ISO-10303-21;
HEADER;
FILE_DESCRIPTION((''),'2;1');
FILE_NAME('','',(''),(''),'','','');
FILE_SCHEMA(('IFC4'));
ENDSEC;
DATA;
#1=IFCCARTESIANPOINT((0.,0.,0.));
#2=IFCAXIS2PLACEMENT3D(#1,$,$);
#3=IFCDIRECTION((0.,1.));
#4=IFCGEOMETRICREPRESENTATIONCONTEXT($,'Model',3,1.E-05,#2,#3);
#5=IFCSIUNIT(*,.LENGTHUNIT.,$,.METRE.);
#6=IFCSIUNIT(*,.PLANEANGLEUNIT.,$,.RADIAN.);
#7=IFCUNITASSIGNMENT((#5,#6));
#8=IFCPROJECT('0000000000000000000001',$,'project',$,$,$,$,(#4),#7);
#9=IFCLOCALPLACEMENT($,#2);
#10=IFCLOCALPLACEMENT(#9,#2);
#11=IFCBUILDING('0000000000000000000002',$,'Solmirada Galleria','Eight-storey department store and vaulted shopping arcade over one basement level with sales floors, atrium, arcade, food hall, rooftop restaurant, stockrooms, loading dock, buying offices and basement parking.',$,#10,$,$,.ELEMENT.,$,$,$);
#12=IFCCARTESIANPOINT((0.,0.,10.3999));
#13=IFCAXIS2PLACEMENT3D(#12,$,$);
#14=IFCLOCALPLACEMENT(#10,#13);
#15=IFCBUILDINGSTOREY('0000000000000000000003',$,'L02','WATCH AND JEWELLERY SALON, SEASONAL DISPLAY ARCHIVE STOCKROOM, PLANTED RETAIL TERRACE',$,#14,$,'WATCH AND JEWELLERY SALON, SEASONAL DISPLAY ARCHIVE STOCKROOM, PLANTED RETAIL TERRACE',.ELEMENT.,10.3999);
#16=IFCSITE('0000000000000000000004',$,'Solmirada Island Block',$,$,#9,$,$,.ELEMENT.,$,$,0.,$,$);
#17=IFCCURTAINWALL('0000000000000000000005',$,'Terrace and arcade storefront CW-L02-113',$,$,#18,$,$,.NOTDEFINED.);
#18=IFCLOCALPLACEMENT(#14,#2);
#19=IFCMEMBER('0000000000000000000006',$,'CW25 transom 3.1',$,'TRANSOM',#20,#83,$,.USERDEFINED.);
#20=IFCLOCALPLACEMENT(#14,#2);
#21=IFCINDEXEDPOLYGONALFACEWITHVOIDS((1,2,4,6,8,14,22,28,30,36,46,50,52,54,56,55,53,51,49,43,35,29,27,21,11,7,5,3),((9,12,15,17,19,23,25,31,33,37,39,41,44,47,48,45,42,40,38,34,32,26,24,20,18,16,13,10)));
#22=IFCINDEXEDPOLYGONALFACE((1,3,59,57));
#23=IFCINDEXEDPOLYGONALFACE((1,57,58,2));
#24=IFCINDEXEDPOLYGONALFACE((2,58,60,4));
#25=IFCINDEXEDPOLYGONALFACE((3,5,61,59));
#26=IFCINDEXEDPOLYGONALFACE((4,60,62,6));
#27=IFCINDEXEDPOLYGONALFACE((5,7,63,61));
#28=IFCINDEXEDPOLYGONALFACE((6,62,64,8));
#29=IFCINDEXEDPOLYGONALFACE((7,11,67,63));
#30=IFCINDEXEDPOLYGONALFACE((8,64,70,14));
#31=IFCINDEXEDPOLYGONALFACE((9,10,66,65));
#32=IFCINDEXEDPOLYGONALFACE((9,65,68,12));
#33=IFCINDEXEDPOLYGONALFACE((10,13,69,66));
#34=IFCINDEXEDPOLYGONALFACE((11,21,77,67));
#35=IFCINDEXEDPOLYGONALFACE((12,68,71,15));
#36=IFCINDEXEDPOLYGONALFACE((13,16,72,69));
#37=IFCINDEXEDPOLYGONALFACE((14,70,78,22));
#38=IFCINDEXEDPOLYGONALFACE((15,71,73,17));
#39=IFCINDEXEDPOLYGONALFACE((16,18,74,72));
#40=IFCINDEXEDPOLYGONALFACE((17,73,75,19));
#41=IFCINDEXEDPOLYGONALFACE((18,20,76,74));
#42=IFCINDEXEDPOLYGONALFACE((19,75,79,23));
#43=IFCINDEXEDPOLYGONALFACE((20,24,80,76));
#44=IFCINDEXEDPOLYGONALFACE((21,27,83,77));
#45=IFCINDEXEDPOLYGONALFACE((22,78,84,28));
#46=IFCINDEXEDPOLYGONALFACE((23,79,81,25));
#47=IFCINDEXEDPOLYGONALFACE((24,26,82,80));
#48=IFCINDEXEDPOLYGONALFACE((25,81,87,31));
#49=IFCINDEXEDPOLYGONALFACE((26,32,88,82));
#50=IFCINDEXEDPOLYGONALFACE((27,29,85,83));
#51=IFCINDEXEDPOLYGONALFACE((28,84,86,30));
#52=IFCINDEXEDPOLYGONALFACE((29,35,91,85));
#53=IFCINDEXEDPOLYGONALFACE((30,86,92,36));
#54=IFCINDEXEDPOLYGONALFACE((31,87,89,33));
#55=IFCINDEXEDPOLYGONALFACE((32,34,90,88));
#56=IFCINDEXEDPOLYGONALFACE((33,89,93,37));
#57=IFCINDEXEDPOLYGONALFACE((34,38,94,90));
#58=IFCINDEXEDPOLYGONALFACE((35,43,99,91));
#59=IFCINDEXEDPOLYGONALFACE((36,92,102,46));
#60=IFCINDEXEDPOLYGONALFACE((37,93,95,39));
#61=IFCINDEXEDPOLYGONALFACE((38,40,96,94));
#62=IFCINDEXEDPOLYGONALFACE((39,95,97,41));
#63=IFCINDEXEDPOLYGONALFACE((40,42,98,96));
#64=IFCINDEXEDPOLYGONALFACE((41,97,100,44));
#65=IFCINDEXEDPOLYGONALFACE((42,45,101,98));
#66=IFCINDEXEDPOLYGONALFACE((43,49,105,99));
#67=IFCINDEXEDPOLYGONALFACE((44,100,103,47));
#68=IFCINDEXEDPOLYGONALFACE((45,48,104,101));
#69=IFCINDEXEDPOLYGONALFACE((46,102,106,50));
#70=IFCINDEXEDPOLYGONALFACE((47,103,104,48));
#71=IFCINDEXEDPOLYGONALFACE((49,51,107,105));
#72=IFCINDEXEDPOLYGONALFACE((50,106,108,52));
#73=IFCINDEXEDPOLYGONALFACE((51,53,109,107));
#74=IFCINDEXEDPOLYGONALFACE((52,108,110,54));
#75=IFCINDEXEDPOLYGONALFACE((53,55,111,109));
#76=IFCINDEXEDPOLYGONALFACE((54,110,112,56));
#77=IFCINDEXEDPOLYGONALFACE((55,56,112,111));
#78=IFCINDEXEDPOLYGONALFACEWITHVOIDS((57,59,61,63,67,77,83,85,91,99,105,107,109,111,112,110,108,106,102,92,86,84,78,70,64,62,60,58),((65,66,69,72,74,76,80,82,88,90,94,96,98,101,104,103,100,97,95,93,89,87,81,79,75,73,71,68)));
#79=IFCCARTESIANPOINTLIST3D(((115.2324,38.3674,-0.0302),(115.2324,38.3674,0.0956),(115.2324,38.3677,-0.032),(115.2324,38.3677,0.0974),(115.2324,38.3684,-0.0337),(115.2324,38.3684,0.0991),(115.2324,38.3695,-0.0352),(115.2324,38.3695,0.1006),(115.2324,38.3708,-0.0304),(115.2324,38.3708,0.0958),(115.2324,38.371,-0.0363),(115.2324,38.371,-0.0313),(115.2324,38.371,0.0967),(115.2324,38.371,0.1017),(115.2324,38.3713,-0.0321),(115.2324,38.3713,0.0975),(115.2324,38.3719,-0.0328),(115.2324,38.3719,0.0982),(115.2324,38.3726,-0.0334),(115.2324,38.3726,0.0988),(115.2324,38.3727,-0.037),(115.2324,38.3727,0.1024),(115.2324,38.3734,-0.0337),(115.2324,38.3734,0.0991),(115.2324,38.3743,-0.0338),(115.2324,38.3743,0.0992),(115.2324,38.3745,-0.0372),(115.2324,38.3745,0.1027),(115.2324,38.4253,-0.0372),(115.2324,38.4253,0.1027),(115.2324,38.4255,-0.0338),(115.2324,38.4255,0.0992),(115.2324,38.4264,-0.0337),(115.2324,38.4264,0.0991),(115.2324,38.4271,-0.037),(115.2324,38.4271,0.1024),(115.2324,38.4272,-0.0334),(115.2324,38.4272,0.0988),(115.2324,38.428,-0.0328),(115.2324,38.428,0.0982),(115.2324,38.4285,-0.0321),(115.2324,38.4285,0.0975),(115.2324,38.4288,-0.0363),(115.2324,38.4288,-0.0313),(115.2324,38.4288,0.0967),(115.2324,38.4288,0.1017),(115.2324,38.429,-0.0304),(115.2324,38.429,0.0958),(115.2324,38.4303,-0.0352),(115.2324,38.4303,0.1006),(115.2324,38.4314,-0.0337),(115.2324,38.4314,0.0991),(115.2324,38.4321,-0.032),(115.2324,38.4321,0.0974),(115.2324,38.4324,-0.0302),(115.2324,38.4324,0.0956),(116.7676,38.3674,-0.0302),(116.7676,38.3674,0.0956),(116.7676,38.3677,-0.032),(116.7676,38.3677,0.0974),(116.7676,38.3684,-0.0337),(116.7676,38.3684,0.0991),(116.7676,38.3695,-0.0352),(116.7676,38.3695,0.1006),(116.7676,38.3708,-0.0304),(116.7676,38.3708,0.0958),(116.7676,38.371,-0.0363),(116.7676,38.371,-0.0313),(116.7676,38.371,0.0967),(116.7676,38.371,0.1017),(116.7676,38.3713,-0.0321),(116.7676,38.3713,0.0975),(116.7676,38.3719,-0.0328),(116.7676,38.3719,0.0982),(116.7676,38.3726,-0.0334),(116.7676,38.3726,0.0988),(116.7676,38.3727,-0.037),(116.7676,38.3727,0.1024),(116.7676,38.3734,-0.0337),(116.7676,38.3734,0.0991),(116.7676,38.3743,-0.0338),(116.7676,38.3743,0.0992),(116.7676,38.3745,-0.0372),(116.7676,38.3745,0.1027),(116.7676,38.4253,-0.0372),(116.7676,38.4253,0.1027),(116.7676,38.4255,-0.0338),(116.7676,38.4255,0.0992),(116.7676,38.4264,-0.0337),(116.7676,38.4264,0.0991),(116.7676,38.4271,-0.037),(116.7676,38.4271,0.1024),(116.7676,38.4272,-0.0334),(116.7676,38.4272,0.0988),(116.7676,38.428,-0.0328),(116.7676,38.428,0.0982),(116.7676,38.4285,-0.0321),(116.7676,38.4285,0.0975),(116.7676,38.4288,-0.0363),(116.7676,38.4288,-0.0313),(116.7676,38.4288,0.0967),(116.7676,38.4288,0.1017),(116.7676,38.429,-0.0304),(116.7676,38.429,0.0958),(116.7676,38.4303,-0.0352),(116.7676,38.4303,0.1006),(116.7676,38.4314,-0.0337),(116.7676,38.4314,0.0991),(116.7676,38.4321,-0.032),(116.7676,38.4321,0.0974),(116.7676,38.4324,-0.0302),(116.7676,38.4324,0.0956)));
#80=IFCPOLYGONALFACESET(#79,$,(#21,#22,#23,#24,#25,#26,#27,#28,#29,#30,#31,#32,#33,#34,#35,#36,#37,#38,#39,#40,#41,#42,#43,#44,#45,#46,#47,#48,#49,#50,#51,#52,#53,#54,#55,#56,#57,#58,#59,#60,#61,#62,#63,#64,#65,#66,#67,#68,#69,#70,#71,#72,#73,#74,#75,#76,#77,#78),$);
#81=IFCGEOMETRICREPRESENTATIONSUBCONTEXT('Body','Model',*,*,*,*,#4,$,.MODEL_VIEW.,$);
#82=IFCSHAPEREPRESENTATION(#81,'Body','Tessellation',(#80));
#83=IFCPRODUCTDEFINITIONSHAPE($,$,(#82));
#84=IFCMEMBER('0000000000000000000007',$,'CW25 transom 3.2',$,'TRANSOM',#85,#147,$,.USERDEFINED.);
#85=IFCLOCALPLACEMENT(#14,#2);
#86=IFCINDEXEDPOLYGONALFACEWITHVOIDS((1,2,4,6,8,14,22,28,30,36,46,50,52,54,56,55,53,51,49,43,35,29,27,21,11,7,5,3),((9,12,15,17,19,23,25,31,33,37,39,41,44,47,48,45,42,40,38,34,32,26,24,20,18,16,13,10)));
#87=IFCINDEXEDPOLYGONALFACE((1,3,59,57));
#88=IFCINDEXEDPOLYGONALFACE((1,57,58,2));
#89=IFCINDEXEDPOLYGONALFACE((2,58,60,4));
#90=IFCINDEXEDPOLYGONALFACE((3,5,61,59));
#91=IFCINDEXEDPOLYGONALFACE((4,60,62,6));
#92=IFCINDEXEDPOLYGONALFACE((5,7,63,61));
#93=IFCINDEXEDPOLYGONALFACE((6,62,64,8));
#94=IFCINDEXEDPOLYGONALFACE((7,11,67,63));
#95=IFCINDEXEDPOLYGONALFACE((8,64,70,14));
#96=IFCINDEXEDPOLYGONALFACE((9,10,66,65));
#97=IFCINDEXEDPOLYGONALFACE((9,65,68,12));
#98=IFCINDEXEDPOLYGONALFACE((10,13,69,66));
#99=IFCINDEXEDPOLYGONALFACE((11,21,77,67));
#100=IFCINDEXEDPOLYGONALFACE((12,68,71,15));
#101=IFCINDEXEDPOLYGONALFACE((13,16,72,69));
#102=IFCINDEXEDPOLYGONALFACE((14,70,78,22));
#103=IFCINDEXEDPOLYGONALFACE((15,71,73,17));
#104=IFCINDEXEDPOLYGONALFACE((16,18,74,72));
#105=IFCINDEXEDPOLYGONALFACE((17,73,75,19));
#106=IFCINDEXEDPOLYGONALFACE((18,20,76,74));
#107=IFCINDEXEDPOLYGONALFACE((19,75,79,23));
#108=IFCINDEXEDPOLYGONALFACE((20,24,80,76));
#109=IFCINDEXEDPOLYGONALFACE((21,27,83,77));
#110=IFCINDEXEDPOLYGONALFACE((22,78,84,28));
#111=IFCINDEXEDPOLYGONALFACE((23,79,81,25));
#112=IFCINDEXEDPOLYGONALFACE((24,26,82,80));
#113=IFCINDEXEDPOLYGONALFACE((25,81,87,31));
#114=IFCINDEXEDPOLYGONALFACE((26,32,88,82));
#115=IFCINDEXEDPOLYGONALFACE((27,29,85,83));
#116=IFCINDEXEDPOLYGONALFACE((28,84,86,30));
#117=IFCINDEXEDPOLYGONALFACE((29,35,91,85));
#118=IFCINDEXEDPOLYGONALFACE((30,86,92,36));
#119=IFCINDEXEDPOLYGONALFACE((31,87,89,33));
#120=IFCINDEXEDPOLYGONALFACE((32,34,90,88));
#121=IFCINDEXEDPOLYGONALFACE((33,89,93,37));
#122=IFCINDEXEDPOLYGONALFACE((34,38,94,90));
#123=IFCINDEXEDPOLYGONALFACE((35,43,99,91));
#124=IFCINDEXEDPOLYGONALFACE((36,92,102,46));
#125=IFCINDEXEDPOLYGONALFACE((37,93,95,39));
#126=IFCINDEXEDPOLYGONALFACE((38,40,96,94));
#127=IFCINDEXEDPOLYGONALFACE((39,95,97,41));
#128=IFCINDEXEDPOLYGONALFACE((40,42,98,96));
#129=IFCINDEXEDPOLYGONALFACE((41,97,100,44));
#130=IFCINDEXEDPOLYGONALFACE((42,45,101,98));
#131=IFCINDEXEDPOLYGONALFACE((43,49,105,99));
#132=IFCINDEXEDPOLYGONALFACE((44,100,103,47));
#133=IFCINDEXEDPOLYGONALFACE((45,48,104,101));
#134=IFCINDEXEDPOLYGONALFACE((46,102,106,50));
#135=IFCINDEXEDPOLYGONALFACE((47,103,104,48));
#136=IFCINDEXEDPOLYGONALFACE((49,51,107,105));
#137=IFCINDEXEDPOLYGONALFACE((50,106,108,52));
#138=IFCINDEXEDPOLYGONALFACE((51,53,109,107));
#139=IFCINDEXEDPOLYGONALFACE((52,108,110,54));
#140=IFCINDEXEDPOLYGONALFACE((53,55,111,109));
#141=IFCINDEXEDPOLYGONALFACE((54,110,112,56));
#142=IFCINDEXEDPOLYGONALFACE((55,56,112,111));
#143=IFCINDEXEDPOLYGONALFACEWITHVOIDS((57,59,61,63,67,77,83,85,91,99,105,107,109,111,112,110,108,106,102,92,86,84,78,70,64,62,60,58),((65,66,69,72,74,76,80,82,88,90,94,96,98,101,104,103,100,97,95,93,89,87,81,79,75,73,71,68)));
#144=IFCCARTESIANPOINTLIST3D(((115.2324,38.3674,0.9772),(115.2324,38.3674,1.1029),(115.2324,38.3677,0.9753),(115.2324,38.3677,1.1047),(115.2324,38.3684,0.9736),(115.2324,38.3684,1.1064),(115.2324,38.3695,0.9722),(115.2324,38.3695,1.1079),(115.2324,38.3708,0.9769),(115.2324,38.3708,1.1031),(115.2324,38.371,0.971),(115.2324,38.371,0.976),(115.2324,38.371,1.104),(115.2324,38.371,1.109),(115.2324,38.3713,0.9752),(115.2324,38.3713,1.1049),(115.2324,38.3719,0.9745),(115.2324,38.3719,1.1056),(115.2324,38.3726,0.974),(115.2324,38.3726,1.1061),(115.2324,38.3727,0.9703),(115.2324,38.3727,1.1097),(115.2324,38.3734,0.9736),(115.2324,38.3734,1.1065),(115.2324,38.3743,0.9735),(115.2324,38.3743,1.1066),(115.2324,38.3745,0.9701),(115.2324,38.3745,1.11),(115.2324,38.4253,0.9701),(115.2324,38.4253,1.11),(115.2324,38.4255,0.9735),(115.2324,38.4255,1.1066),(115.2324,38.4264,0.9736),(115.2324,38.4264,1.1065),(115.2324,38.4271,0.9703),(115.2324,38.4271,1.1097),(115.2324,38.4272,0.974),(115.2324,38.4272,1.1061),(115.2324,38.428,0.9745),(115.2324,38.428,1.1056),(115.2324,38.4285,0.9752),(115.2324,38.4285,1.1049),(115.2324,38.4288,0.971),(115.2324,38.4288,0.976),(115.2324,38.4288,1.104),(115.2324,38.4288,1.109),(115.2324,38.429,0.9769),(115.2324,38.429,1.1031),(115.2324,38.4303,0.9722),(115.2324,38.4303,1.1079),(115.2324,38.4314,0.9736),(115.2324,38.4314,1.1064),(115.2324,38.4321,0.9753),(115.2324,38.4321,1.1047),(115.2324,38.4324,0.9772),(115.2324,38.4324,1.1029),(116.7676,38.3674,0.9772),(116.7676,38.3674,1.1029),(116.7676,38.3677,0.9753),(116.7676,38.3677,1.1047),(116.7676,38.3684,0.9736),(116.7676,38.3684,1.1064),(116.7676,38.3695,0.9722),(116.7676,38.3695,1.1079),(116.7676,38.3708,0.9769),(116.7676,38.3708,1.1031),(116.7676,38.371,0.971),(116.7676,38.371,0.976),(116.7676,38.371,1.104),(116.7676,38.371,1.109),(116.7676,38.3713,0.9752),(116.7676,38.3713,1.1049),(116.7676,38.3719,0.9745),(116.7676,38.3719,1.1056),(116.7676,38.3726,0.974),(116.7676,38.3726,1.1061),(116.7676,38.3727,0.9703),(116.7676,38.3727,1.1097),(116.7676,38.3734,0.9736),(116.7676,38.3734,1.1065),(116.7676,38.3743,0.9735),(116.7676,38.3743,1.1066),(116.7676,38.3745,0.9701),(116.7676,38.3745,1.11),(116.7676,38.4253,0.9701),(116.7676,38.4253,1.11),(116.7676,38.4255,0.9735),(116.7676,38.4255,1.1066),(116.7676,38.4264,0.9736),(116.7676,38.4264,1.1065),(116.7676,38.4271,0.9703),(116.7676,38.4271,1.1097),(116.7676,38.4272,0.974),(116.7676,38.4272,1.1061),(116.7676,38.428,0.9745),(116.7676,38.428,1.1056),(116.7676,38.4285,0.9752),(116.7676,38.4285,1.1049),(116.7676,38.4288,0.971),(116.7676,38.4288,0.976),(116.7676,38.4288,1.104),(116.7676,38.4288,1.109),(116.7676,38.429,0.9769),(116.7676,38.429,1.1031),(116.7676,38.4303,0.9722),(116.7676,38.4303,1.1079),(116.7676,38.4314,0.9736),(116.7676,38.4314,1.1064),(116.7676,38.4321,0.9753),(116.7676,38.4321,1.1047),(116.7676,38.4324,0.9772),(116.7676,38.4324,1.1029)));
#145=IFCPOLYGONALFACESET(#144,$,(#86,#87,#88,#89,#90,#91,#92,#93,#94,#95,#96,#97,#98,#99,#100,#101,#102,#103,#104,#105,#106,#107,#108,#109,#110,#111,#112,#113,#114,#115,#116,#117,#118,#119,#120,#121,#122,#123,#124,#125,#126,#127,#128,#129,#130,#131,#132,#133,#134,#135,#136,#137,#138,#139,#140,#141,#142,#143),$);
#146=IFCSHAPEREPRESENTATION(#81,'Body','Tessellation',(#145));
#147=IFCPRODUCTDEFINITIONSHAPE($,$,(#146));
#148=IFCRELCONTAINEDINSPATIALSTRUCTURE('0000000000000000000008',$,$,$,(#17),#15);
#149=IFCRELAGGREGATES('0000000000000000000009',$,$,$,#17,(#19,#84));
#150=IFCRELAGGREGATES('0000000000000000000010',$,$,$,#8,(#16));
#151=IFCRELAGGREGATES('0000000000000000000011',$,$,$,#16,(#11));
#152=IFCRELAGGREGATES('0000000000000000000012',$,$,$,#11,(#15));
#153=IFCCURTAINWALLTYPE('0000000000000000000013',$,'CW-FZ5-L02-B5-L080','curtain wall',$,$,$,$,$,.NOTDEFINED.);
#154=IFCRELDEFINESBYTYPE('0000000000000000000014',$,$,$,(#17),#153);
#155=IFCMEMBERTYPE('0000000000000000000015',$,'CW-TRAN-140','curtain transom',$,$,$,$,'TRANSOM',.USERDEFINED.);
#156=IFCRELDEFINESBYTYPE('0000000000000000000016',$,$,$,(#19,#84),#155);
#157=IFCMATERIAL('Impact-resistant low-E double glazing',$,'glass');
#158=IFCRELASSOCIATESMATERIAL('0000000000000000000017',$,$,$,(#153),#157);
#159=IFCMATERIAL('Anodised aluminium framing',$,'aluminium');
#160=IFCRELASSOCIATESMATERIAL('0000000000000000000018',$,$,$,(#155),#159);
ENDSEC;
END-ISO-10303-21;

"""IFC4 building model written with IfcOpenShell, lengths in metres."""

from ifc_helpers import new_model, si_unit, direction, frame, origin, origin_2d, place, context, subcontext, project, spatial, hollow_rectangle, extrude, material, material_profile, profile_set, type_object, element, aggregate, save


model = new_model("IFC4")

# Units and contexts
model_context = context("Model", 3, precision=1e-05, world=origin(), true_north=direction((0.0, 1.0)))
body_context = subcontext(model_context, "Body", "Model", "MODEL_VIEW")
ifc_project = project(units=[si_unit("LENGTHUNIT", "METRE"), si_unit("PLANEANGLEUNIT", "RADIAN")], contexts=[model_context])

# Site, building, storey
site_placement = place(None, origin())
site = spatial("IfcSite", under=ifc_project, at=site_placement, Name="Solmirada Island Block", CompositionType="ELEMENT", RefElevation=0.0)
building_placement = place(site_placement, origin())
building = spatial("IfcBuilding", under=site, at=building_placement, Name="Solmirada Galleria", Description="Eight-storey department store and vaulted shopping arcade over one basement level with sales floors, atrium, arcade, food hall, rooftop restaurant, stockrooms, loading dock, buying offices and basement parking.", CompositionType="ELEMENT")
storey_placement = place(building_placement, frame((0.0, 0.0, 10.3999)))
storey = spatial("IfcBuildingStorey", under=building, at=storey_placement, Name="L02", Description="WATCH AND JEWELLERY SALON, SEASONAL DISPLAY ARCHIVE STOCKROOM, PLANTED RETAIL TERRACE", LongName="WATCH AND JEWELLERY SALON, SEASONAL DISPLAY ARCHIVE STOCKROOM, PLANTED RETAIL TERRACE", CompositionType="ELEMENT", Elevation=10.3999)

# Curtain wall, members
ifc_material_1 = material(Name="Impact-resistant low-E double glazing", Category="glass")
curtain_wall_type = type_object("IfcCurtainWallType", Name="CW-FZ5-L02-B5-L080", Description="curtain wall", PredefinedType="NOTDEFINED", material=ifc_material_1)
curtain_wall_placement = place(storey_placement, origin())
curtain_wall = element("IfcCurtainWall", 1, at=curtain_wall_placement, inside=storey, type_object=curtain_wall_type, Name="Terrace and arcade storefront CW-L02-113", PredefinedType="NOTDEFINED")
ifc_material_2 = material(Name="Anodised aluminium framing", Category="aluminium")
ifc_material_profile_1 = material_profile(ifc_material_2, hollow_rectangle(XDim=0.0649, YDim=0.1399, WallThickness=0.0034, InnerFilletRadius=0.0034, OuterFilletRadius=0.0071, at=origin_2d()), Name="ALU-TRAN-140X65")
ifc_profile_set_1 = profile_set([ifc_material_profile_1], Name="Anodised aluminium framing")
member_type_1 = type_object("IfcMemberType", Name="CW-TRAN-140", Description="curtain transom", ElementType="TRANSOM", PredefinedType="USERDEFINED", material=ifc_profile_set_1)
member_1_placement = place(storey_placement, frame((115.2324, 38.3999, 0.0327), z_axis=(1.0, 0.0, 0.0), x_axis=(0.0, 1.0, 0.0)))
member_1 = element("IfcMember", 2, at=member_1_placement, type_object=member_type_1, Name="CW25 transom 3.1", ObjectType="TRANSOM", PredefinedType="USERDEFINED", context=body_context, shape_type="SweptSolid", body=[
    extrude(hollow_rectangle(XDim=0.0649, YDim=0.1399, WallThickness=0.0034, InnerFilletRadius=0.0034, OuterFilletRadius=0.0071, at=origin_2d()), origin(), (0.0, 0.0, 1.0), 1.5352),
])
member_2_placement = place(storey_placement, frame((115.2324, 38.3999, 1.04), z_axis=(1.0, 0.0, 0.0), x_axis=(0.0, 1.0, 0.0)))
member_2 = element("IfcMember", 3, at=member_2_placement, type_object=member_type_1, Name="CW25 transom 3.2", ObjectType="TRANSOM", PredefinedType="USERDEFINED", context=body_context, shape_type="SweptSolid", body=[
    extrude(hollow_rectangle(XDim=0.0649, YDim=0.1399, WallThickness=0.0034, InnerFilletRadius=0.0034, OuterFilletRadius=0.0071, at=origin_2d()), origin(), (0.0, 0.0, 1.0), 1.5352),
])
aggregate(curtain_wall, [member_1, member_2])

save(model, "model.ifc")
